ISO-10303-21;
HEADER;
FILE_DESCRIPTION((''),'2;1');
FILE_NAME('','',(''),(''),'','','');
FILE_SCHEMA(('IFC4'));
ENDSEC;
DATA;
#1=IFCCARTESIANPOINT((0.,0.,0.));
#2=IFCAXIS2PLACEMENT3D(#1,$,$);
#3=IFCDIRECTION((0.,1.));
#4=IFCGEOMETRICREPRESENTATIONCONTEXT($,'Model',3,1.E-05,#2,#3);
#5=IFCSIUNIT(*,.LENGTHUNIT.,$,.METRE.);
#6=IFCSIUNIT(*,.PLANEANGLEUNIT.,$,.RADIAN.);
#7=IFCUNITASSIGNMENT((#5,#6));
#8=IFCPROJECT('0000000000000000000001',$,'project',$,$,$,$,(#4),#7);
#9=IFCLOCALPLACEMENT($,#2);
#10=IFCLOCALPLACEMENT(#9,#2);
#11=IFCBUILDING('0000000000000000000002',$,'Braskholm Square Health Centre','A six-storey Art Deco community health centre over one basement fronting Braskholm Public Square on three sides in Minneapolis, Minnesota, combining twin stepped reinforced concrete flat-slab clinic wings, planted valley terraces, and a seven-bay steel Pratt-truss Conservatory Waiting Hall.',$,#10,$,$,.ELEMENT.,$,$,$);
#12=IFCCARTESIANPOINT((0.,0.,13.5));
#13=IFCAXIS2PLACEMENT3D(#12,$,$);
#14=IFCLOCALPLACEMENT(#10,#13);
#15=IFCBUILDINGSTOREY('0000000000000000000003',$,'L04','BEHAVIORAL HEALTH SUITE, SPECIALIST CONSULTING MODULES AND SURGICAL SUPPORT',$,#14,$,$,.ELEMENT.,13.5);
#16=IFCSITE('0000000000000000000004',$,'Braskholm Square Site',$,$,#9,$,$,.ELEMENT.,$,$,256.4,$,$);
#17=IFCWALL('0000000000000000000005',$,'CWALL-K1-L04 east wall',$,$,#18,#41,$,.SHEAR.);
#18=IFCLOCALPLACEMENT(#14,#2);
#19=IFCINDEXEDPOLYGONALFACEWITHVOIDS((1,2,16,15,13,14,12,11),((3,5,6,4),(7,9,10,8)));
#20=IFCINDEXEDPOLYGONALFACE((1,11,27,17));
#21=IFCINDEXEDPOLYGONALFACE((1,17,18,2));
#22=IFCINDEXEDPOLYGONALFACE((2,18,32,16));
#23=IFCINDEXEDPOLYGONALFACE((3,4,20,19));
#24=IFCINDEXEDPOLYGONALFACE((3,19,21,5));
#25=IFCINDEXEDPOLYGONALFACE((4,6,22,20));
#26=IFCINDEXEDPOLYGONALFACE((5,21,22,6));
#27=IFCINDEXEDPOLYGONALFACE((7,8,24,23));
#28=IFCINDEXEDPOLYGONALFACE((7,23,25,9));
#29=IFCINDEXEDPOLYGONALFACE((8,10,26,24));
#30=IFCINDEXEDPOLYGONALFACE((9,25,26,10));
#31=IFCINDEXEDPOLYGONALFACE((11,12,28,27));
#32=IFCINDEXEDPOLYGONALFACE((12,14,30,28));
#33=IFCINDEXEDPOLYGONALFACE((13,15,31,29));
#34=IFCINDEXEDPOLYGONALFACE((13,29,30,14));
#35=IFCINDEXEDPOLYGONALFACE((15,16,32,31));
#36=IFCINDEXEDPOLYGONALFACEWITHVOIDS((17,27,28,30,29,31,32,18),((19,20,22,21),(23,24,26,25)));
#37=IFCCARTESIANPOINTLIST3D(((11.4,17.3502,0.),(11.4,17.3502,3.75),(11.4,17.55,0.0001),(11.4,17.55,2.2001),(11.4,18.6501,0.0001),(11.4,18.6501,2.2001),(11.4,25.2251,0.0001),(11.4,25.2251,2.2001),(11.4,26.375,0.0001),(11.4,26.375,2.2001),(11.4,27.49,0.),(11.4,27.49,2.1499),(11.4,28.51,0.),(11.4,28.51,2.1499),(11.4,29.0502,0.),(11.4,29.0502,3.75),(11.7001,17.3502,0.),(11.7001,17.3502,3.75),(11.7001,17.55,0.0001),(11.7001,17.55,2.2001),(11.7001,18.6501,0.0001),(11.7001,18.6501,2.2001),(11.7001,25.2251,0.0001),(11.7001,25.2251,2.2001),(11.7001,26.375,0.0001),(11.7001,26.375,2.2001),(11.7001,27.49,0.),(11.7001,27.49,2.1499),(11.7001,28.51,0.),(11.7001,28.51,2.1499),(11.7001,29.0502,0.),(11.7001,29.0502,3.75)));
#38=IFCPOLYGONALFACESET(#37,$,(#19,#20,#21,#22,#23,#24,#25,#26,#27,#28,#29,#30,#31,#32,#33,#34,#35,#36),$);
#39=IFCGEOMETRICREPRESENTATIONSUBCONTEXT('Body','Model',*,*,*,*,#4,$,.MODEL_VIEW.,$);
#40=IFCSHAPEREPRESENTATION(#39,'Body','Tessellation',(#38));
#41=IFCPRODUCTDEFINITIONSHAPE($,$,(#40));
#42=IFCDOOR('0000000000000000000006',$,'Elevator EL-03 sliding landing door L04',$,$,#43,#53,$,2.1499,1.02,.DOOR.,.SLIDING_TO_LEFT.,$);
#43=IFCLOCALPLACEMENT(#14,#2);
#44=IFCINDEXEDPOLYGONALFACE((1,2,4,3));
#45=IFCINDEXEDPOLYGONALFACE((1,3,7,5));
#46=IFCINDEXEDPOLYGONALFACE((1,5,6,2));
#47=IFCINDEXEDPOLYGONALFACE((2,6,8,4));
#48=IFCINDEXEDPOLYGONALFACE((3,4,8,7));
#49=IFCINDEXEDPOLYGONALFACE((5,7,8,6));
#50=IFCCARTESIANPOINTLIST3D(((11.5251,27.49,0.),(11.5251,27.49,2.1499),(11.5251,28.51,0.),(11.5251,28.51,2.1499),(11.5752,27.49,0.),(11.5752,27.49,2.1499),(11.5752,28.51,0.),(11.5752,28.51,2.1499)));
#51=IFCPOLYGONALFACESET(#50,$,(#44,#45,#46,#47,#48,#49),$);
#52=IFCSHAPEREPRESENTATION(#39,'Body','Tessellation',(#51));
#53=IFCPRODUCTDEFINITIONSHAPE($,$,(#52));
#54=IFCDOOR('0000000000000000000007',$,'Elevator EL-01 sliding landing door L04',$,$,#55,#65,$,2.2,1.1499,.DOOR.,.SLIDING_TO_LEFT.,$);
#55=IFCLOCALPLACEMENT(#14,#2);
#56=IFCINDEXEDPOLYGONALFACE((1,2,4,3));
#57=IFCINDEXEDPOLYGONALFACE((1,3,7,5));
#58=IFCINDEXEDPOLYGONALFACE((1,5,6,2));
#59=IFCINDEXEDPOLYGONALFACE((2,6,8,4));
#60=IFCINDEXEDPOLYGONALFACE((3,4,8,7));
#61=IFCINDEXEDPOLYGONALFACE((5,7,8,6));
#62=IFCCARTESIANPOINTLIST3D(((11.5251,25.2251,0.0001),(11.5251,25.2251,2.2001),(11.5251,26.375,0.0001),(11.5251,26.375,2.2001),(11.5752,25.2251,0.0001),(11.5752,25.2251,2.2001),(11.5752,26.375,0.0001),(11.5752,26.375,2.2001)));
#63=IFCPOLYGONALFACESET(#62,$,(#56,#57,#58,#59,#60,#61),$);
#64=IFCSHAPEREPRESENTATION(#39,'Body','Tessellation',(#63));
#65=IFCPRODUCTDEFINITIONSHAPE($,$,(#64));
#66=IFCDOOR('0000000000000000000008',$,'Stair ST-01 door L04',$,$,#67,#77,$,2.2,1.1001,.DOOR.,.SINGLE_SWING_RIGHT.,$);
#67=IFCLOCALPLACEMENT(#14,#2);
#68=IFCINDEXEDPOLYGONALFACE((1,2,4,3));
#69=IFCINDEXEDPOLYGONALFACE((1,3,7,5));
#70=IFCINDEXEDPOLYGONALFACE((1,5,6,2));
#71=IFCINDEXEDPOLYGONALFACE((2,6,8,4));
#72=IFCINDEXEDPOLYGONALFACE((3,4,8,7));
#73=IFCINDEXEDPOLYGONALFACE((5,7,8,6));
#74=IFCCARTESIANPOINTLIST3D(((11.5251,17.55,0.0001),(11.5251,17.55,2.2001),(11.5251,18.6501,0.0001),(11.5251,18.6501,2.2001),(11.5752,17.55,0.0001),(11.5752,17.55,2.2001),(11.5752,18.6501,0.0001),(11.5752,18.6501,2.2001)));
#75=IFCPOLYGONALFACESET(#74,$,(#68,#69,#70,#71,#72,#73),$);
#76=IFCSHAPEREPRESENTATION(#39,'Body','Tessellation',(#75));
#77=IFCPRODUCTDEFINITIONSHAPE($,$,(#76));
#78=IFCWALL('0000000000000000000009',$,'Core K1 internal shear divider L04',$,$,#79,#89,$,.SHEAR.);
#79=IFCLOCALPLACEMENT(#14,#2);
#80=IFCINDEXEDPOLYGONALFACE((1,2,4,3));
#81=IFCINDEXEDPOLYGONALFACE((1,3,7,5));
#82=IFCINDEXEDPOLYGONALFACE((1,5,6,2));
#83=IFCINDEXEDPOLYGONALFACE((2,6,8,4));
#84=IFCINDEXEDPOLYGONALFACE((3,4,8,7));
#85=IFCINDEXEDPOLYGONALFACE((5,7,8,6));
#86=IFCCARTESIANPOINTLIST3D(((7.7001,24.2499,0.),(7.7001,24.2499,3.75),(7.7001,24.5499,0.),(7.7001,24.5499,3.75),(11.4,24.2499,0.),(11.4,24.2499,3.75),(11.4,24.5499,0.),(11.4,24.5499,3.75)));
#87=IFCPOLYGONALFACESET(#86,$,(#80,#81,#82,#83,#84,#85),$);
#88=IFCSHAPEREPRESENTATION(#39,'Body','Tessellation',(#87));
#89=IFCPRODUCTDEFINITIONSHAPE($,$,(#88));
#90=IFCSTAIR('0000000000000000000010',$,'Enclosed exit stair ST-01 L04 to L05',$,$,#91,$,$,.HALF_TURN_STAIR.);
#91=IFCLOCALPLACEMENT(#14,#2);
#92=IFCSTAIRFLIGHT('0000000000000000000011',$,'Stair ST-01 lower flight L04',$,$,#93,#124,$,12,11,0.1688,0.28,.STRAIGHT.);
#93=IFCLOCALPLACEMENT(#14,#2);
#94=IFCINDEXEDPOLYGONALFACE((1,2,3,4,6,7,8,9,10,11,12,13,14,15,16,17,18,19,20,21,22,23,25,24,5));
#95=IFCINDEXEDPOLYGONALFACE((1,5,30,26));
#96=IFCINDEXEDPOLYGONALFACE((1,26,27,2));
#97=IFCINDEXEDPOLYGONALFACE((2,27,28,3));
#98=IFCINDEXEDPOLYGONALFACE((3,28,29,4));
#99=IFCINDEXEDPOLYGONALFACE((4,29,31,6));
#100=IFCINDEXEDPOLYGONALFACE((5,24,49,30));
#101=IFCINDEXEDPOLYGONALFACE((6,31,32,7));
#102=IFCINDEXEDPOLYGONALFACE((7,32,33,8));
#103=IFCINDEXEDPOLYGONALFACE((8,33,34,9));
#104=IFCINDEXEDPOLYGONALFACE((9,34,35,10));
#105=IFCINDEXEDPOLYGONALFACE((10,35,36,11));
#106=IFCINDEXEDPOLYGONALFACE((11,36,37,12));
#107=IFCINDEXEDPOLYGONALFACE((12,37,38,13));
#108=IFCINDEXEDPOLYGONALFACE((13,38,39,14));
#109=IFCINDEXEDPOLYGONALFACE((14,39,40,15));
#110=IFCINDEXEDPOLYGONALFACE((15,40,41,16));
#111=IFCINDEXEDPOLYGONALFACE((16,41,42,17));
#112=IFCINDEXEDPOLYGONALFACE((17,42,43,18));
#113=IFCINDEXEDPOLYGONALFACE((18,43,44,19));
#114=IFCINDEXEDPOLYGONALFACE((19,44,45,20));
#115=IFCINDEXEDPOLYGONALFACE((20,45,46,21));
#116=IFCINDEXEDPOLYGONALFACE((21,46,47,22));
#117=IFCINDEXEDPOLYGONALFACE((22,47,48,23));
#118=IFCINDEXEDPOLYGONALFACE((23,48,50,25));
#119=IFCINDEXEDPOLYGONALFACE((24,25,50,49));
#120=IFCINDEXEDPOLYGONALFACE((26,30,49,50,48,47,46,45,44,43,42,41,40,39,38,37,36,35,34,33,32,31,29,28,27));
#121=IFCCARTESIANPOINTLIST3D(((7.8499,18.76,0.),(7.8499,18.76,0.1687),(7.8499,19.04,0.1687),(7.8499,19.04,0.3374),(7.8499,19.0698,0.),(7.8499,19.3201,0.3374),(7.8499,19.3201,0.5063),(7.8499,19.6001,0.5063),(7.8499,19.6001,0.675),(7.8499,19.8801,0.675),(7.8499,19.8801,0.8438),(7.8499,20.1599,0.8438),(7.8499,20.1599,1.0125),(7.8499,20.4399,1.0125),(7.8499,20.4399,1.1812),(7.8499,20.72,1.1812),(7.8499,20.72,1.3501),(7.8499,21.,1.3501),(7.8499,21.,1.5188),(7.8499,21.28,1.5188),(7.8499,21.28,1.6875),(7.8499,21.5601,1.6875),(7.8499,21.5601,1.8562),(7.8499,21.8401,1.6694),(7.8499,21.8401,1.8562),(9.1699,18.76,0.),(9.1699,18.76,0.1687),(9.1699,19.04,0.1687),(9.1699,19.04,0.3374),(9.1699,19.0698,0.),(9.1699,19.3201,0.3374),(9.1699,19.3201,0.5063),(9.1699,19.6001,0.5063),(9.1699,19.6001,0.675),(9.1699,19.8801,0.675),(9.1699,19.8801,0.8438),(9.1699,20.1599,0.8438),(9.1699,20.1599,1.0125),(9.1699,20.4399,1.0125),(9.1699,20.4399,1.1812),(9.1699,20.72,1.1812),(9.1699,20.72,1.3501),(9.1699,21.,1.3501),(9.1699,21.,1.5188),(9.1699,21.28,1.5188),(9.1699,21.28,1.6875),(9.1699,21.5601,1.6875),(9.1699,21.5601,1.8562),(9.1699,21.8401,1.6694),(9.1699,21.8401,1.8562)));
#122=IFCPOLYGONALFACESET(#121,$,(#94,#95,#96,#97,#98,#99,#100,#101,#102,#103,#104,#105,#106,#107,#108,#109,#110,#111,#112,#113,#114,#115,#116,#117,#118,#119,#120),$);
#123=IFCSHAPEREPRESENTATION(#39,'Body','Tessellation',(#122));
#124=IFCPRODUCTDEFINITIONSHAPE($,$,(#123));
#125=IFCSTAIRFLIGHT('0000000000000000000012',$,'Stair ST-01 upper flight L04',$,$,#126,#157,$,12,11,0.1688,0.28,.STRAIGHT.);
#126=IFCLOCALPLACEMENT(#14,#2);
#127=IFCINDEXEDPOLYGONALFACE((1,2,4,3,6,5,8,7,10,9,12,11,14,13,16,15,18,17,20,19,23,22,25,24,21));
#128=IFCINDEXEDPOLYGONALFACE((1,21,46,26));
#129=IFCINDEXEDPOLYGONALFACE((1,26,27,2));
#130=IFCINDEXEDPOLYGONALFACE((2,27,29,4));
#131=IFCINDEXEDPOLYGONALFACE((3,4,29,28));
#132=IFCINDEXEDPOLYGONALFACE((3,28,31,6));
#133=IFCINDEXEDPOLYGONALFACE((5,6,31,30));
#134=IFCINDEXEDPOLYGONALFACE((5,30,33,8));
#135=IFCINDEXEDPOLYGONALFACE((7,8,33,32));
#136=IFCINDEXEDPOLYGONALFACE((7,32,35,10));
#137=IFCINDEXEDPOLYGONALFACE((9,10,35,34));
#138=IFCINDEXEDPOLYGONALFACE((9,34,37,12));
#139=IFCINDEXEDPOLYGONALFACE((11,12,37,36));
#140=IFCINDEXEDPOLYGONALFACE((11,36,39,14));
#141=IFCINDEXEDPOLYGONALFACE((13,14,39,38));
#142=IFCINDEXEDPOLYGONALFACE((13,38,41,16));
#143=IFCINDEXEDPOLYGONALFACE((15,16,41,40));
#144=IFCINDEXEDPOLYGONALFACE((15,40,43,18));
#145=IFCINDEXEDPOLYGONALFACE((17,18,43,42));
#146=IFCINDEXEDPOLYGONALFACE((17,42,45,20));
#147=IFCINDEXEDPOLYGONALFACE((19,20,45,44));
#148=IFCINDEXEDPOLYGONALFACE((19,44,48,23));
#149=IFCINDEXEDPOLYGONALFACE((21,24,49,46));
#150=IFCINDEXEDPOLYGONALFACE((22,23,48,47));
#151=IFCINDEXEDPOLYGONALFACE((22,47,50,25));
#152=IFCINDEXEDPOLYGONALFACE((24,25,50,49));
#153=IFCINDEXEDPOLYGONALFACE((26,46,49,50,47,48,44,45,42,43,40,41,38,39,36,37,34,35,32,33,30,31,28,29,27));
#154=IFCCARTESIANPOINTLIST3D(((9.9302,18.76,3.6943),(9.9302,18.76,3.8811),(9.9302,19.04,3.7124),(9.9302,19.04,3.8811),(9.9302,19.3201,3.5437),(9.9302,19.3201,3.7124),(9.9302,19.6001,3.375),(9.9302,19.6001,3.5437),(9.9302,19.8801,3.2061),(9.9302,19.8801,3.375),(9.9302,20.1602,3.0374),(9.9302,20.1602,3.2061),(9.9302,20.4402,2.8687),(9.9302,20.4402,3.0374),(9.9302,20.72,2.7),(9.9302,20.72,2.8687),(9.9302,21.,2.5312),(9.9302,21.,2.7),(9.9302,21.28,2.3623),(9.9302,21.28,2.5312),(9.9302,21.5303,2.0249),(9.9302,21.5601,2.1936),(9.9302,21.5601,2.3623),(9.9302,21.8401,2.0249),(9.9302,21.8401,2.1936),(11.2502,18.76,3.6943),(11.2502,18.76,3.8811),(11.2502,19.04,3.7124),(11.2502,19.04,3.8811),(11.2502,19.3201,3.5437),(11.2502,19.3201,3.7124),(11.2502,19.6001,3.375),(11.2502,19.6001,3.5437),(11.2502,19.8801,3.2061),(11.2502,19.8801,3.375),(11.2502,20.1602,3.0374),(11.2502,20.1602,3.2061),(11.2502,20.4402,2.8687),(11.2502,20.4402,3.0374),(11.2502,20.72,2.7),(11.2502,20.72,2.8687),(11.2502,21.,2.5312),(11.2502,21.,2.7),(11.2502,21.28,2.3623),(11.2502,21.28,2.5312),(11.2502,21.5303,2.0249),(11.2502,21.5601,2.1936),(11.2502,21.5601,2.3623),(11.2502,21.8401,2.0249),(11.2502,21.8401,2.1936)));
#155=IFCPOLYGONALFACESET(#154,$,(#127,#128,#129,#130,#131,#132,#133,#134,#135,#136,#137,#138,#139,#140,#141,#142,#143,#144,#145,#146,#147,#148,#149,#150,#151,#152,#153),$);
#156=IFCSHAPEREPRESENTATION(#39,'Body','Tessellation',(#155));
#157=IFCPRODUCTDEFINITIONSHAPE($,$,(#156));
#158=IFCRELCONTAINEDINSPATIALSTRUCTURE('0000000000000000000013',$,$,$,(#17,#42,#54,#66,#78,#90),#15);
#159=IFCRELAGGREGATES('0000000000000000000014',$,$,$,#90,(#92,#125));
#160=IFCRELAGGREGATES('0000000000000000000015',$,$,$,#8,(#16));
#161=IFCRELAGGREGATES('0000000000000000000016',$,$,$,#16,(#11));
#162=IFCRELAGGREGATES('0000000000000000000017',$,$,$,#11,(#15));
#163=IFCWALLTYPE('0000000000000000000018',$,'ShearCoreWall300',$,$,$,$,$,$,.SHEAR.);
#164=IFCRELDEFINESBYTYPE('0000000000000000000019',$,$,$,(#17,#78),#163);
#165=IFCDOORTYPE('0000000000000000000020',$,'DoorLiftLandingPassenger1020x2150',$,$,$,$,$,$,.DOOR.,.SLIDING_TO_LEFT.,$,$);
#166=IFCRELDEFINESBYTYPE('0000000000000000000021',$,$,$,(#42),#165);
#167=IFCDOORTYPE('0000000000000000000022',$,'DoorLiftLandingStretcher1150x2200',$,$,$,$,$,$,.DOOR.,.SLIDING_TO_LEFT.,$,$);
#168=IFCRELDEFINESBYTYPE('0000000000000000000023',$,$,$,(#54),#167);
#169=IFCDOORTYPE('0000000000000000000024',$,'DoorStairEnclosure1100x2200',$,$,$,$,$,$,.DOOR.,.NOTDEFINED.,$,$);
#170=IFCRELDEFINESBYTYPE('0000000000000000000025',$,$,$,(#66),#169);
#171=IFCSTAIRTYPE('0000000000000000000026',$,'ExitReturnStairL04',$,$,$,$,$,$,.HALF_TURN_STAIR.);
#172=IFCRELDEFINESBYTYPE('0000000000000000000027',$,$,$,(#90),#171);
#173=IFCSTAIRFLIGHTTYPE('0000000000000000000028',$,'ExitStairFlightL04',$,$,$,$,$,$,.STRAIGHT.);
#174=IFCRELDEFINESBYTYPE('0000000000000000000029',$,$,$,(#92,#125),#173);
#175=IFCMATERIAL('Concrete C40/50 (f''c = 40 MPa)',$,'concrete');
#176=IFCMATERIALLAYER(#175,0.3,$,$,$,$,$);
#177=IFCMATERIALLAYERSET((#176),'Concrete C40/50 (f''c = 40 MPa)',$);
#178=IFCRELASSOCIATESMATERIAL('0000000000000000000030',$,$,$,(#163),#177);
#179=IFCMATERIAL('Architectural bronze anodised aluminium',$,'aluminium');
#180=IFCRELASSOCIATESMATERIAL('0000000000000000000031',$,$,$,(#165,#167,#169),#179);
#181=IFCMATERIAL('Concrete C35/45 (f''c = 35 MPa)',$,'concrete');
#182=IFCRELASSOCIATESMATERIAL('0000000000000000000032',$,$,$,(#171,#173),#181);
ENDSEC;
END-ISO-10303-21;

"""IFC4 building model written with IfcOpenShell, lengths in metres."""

from ifc_helpers import new_model, si_unit, direction, frame, frame_2d, origin, origin_with_axes, place, context, subcontext, project, spatial, polyline, rectangle, outline, extrude, material, layer, layer_set, type_object, element, fill, aggregate, save


model = new_model("IFC4")

# Units and contexts
model_context = context("Model", 3, precision=1e-05, world=origin(), true_north=direction((0.0, 1.0)))
body_context = subcontext(model_context, "Body", "Model", "MODEL_VIEW")
ifc_project = project(units=[si_unit("LENGTHUNIT", "METRE"), si_unit("PLANEANGLEUNIT", "RADIAN")], contexts=[model_context])

# Site, building, storey
site_placement = place(None, origin())
site = spatial("IfcSite", under=ifc_project, at=site_placement, Name="Braskholm Square Site", CompositionType="ELEMENT", RefElevation=256.4)
building_placement = place(site_placement, origin())
building = spatial("IfcBuilding", under=site, at=building_placement, Name="Braskholm Square Health Centre", Description="A six-storey Art Deco community health centre over one basement fronting Braskholm Public Square on three sides in Minneapolis, Minnesota, combining twin stepped reinforced concrete flat-slab clinic wings, planted valley terraces, and a seven-bay steel Pratt-truss Conservatory Waiting Hall.", CompositionType="ELEMENT")
storey_placement = place(building_placement, frame((0.0, 0.0, 13.5)))
storey = spatial("IfcBuildingStorey", under=building, at=storey_placement, Name="L04", Description="BEHAVIORAL HEALTH SUITE, SPECIALIST CONSULTING MODULES AND SURGICAL SUPPORT", CompositionType="ELEMENT", Elevation=13.5)

# Shared definitions
ifc_material_1 = material(Name="Concrete C35/45 (f'c = 35 MPa)", Category="concrete")

# Shared definitions
ifc_material_2 = material(Name="Architectural bronze anodised aluminium", Category="aluminium")

# Shared definitions
ifc_material_3 = material(Name="Concrete C40/50 (f'c = 40 MPa)", Category="concrete")
ifc_layer_1 = layer(ifc_material_3, 0.3)
ifc_layer_set_1 = layer_set([ifc_layer_1], Name="Concrete C40/50 (f'c = 40 MPa)")
wall_type_1 = type_object("IfcWallType", Name="ShearCoreWall300", PredefinedType="SHEAR", material=ifc_layer_set_1)

# Wall, openings, doors
wall_1_placement = place(storey_placement, frame((11.55, 17.3501, 0.0), z_axis=(0.0, 0.0, 1.0), x_axis=(0.0, 1.0, 0.0)))
wall_1 = element("IfcWall", 1, at=wall_1_placement, inside=storey, type_object=wall_type_1, Name="CWALL-K1-L04 east wall", PredefinedType="SHEAR", context=body_context, shape_type="SweptSolid", body=[
    extrude(rectangle(XDim=11.7, YDim=0.3, at=frame_2d((5.8501, 0.0))), origin(), (0.0, 0.0, 1.0), 3.75),
])
opening_1_placement = place(wall_1_placement, frame((0.2, 0.0, 0.0)))
opening_1 = element("IfcOpeningElement", 2, at=opening_1_placement, cuts=wall_1, PredefinedType="OPENING", context=body_context, shape_type="SweptSolid", body=[
    extrude(rectangle(XDim=1.1001, YDim=2.2, at=frame_2d((0.55, 1.1001))), frame((0.0, 0.1602, 0.0), z_axis=(0.0, -1.0, 0.0), x_axis=(1.0, 0.0, 0.0)), (0.0, 0.0, 1.0), 0.3201),
])
opening_2_placement = place(wall_1_placement, frame((7.875, 0.0, 0.0)))
opening_2 = element("IfcOpeningElement", 3, at=opening_2_placement, cuts=wall_1, PredefinedType="OPENING", context=body_context, shape_type="SweptSolid", body=[
    extrude(rectangle(XDim=1.1499, YDim=2.2, at=frame_2d((0.575, 1.1001))), frame((0.0, 0.1602, 0.0), z_axis=(0.0, -1.0, 0.0), x_axis=(1.0, 0.0, 0.0)), (0.0, 0.0, 1.0), 0.3201),
])
opening_3_placement = place(wall_1_placement, frame((10.1399, 0.0, 0.0)))
opening_3 = element("IfcOpeningElement", 4, at=opening_3_placement, cuts=wall_1, PredefinedType="OPENING", context=body_context, shape_type="SweptSolid", body=[
    extrude(rectangle(XDim=1.02, YDim=2.1499, at=frame_2d((0.51, 1.075))), frame((0.0, 0.1602, 0.0), z_axis=(0.0, -1.0, 0.0), x_axis=(1.0, 0.0, 0.0)), (0.0, 0.0, 1.0), 0.3201),
])
door_type_1 = type_object("IfcDoorType", Name="DoorLiftLandingPassenger1020x2150", OperationType="SLIDING_TO_LEFT", PredefinedType="DOOR", material=ifc_material_2)
door_1_placement = place(opening_3_placement, origin_with_axes())
door_1 = element("IfcDoor", 5, at=door_1_placement, inside=storey, type_object=door_type_1, Name="Elevator EL-03 sliding landing door L04", OperationType="SLIDING_TO_LEFT", OverallHeight=2.1499, OverallWidth=1.02, PredefinedType="DOOR", context=body_context, shape_type="SweptSolid", body=[
    extrude(rectangle(XDim=1.02, YDim=2.1499, at=frame_2d((0.51, 1.075))), frame((0.0, 0.0249, 0.0), z_axis=(0.0, -1.0, 0.0), x_axis=(1.0, 0.0, 0.0)), (0.0, 0.0, 1.0), 0.05),
])
fill(opening_3, door_1)
door_type_2 = type_object("IfcDoorType", Name="DoorLiftLandingStretcher1150x2200", OperationType="SLIDING_TO_LEFT", PredefinedType="DOOR", material=ifc_material_2)
door_2_placement = place(opening_2_placement, origin_with_axes())
door_2 = element("IfcDoor", 6, at=door_2_placement, inside=storey, type_object=door_type_2, Name="Elevator EL-01 sliding landing door L04", OperationType="SLIDING_TO_LEFT", OverallHeight=2.2, OverallWidth=1.1499, PredefinedType="DOOR", context=body_context, shape_type="SweptSolid", body=[
    extrude(rectangle(XDim=1.1499, YDim=2.2, at=frame_2d((0.575, 1.1001))), frame((0.0, 0.0249, 0.0), z_axis=(0.0, -1.0, 0.0), x_axis=(1.0, 0.0, 0.0)), (0.0, 0.0, 1.0), 0.05),
])
fill(opening_2, door_2)
door_type_3 = type_object("IfcDoorType", Name="DoorStairEnclosure1100x2200", OperationType="NOTDEFINED", PredefinedType="DOOR", material=ifc_material_2)
door_3_placement = place(opening_1_placement, origin_with_axes())
door_3 = element("IfcDoor", 7, at=door_3_placement, inside=storey, type_object=door_type_3, Name="Stair ST-01 door L04", OperationType="SINGLE_SWING_RIGHT", OverallHeight=2.2, OverallWidth=1.1001, PredefinedType="DOOR", context=body_context, shape_type="SweptSolid", body=[
    extrude(rectangle(XDim=1.1001, YDim=2.2, at=frame_2d((0.55, 1.1001))), frame((0.0, 0.0249, 0.0), z_axis=(0.0, -1.0, 0.0), x_axis=(1.0, 0.0, 0.0)), (0.0, 0.0, 1.0), 0.05),
])
fill(opening_1, door_3)

# Wall
wall_2_placement = place(storey_placement, frame((7.7, 24.3999, 0.0), z_axis=(0.0, 0.0, 1.0), x_axis=(1.0, 0.0, 0.0)))
element("IfcWall", 8, at=wall_2_placement, inside=storey, type_object=wall_type_1, Name="Core K1 internal shear divider L04", PredefinedType="SHEAR", context=body_context, shape_type="SweptSolid", body=[
    extrude(rectangle(XDim=3.7, YDim=0.3, at=frame_2d((1.8501, 0.0))), origin(), (0.0, 0.0, 1.0), 3.75),
])

# Stair, stair flights
stair_type = type_object("IfcStairType", Name="ExitReturnStairL04", PredefinedType="HALF_TURN_STAIR", material=ifc_material_1)
stair_placement = place(storey_placement, origin())
stair = element("IfcStair", 9, at=stair_placement, inside=storey, type_object=stair_type, Name="Enclosed exit stair ST-01 L04 to L05", PredefinedType="HALF_TURN_STAIR")
stair_flight_type = type_object("IfcStairFlightType", Name="ExitStairFlightL04", PredefinedType="STRAIGHT", material=ifc_material_1)
stair_flight_1_placement = place(storey_placement, frame((8.51, 18.76, 0.0), z_axis=(0.0, 0.0, 1.0), x_axis=(0.0, 1.0, 0.0)))
stair_flight_1 = element("IfcStairFlight", 10, at=stair_flight_1_placement, type_object=stair_flight_type, Name="Stair ST-01 lower flight L04", NumberOfRisers=12, NumberOfTreads=11, PredefinedType="STRAIGHT", RiserHeight=0.1688, TreadLength=0.28, context=body_context, shape_type="SweptSolid", body=[
    extrude(outline(polyline([(0.0, 0.0), (0.0, 0.1687), (0.28, 0.1687), (0.28, 0.3374), (0.5601, 0.3374), (0.5601, 0.5063), (0.8401, 0.5063), (0.8401, 0.675), (1.1201, 0.675), (1.1201, 0.8438), (1.3999, 0.8438), (1.3999, 1.0125), (1.6799, 1.0125), (1.6799, 1.1812), (1.96, 1.1812), (1.96, 1.3501), (2.24, 1.3501), (2.24, 1.5188), (2.52, 1.5188), (2.52, 1.6875), (2.8, 1.6875), (2.8, 1.8562), (3.0801, 1.8562), (3.0801, 2.0249), (3.0801, 1.6694), (0.3098, 0.0), (0.0, 0.0)])), frame((0.0, 0.6602, 0.0), z_axis=(0.0, -1.0, 0.0), x_axis=(1.0, 0.0, 0.0)), (0.0, 0.0, 1.0), 1.3201),
])
stair_flight_2_placement = place(storey_placement, frame((10.5901, 21.8401, 2.0249), z_axis=(0.0, 0.0, 1.0), x_axis=(0.0, -1.0, 0.0)))
stair_flight_2 = element("IfcStairFlight", 11, at=stair_flight_2_placement, type_object=stair_flight_type, Name="Stair ST-01 upper flight L04", NumberOfRisers=12, NumberOfTreads=11, PredefinedType="STRAIGHT", RiserHeight=0.1688, TreadLength=0.28, context=body_context, shape_type="SweptSolid", body=[
    extrude(outline(polyline([(0.0, 0.0), (0.0, 0.1687), (0.28, 0.1687), (0.28, 0.3374), (0.5601, 0.3374), (0.5601, 0.5063), (0.8401, 0.5063), (0.8401, 0.675), (1.1201, 0.675), (1.1201, 0.8438), (1.3999, 0.8438), (1.3999, 1.0125), (1.6799, 1.0125), (1.6799, 1.1812), (1.96, 1.1812), (1.96, 1.3501), (2.24, 1.3501), (2.24, 1.5188), (2.52, 1.5188), (2.52, 1.6875), (2.8, 1.6875), (2.8, 1.8562), (3.0801, 1.8562), (3.0801, 2.0249), (3.0801, 1.6694), (0.3098, 0.0), (0.0, 0.0)])), frame((0.0, 0.6602, 0.0), z_axis=(0.0, -1.0, 0.0), x_axis=(1.0, 0.0, 0.0)), (0.0, 0.0, 1.0), 1.3201),
])
aggregate(stair, [stair_flight_1, stair_flight_2])

save(model, "model.ifc")
